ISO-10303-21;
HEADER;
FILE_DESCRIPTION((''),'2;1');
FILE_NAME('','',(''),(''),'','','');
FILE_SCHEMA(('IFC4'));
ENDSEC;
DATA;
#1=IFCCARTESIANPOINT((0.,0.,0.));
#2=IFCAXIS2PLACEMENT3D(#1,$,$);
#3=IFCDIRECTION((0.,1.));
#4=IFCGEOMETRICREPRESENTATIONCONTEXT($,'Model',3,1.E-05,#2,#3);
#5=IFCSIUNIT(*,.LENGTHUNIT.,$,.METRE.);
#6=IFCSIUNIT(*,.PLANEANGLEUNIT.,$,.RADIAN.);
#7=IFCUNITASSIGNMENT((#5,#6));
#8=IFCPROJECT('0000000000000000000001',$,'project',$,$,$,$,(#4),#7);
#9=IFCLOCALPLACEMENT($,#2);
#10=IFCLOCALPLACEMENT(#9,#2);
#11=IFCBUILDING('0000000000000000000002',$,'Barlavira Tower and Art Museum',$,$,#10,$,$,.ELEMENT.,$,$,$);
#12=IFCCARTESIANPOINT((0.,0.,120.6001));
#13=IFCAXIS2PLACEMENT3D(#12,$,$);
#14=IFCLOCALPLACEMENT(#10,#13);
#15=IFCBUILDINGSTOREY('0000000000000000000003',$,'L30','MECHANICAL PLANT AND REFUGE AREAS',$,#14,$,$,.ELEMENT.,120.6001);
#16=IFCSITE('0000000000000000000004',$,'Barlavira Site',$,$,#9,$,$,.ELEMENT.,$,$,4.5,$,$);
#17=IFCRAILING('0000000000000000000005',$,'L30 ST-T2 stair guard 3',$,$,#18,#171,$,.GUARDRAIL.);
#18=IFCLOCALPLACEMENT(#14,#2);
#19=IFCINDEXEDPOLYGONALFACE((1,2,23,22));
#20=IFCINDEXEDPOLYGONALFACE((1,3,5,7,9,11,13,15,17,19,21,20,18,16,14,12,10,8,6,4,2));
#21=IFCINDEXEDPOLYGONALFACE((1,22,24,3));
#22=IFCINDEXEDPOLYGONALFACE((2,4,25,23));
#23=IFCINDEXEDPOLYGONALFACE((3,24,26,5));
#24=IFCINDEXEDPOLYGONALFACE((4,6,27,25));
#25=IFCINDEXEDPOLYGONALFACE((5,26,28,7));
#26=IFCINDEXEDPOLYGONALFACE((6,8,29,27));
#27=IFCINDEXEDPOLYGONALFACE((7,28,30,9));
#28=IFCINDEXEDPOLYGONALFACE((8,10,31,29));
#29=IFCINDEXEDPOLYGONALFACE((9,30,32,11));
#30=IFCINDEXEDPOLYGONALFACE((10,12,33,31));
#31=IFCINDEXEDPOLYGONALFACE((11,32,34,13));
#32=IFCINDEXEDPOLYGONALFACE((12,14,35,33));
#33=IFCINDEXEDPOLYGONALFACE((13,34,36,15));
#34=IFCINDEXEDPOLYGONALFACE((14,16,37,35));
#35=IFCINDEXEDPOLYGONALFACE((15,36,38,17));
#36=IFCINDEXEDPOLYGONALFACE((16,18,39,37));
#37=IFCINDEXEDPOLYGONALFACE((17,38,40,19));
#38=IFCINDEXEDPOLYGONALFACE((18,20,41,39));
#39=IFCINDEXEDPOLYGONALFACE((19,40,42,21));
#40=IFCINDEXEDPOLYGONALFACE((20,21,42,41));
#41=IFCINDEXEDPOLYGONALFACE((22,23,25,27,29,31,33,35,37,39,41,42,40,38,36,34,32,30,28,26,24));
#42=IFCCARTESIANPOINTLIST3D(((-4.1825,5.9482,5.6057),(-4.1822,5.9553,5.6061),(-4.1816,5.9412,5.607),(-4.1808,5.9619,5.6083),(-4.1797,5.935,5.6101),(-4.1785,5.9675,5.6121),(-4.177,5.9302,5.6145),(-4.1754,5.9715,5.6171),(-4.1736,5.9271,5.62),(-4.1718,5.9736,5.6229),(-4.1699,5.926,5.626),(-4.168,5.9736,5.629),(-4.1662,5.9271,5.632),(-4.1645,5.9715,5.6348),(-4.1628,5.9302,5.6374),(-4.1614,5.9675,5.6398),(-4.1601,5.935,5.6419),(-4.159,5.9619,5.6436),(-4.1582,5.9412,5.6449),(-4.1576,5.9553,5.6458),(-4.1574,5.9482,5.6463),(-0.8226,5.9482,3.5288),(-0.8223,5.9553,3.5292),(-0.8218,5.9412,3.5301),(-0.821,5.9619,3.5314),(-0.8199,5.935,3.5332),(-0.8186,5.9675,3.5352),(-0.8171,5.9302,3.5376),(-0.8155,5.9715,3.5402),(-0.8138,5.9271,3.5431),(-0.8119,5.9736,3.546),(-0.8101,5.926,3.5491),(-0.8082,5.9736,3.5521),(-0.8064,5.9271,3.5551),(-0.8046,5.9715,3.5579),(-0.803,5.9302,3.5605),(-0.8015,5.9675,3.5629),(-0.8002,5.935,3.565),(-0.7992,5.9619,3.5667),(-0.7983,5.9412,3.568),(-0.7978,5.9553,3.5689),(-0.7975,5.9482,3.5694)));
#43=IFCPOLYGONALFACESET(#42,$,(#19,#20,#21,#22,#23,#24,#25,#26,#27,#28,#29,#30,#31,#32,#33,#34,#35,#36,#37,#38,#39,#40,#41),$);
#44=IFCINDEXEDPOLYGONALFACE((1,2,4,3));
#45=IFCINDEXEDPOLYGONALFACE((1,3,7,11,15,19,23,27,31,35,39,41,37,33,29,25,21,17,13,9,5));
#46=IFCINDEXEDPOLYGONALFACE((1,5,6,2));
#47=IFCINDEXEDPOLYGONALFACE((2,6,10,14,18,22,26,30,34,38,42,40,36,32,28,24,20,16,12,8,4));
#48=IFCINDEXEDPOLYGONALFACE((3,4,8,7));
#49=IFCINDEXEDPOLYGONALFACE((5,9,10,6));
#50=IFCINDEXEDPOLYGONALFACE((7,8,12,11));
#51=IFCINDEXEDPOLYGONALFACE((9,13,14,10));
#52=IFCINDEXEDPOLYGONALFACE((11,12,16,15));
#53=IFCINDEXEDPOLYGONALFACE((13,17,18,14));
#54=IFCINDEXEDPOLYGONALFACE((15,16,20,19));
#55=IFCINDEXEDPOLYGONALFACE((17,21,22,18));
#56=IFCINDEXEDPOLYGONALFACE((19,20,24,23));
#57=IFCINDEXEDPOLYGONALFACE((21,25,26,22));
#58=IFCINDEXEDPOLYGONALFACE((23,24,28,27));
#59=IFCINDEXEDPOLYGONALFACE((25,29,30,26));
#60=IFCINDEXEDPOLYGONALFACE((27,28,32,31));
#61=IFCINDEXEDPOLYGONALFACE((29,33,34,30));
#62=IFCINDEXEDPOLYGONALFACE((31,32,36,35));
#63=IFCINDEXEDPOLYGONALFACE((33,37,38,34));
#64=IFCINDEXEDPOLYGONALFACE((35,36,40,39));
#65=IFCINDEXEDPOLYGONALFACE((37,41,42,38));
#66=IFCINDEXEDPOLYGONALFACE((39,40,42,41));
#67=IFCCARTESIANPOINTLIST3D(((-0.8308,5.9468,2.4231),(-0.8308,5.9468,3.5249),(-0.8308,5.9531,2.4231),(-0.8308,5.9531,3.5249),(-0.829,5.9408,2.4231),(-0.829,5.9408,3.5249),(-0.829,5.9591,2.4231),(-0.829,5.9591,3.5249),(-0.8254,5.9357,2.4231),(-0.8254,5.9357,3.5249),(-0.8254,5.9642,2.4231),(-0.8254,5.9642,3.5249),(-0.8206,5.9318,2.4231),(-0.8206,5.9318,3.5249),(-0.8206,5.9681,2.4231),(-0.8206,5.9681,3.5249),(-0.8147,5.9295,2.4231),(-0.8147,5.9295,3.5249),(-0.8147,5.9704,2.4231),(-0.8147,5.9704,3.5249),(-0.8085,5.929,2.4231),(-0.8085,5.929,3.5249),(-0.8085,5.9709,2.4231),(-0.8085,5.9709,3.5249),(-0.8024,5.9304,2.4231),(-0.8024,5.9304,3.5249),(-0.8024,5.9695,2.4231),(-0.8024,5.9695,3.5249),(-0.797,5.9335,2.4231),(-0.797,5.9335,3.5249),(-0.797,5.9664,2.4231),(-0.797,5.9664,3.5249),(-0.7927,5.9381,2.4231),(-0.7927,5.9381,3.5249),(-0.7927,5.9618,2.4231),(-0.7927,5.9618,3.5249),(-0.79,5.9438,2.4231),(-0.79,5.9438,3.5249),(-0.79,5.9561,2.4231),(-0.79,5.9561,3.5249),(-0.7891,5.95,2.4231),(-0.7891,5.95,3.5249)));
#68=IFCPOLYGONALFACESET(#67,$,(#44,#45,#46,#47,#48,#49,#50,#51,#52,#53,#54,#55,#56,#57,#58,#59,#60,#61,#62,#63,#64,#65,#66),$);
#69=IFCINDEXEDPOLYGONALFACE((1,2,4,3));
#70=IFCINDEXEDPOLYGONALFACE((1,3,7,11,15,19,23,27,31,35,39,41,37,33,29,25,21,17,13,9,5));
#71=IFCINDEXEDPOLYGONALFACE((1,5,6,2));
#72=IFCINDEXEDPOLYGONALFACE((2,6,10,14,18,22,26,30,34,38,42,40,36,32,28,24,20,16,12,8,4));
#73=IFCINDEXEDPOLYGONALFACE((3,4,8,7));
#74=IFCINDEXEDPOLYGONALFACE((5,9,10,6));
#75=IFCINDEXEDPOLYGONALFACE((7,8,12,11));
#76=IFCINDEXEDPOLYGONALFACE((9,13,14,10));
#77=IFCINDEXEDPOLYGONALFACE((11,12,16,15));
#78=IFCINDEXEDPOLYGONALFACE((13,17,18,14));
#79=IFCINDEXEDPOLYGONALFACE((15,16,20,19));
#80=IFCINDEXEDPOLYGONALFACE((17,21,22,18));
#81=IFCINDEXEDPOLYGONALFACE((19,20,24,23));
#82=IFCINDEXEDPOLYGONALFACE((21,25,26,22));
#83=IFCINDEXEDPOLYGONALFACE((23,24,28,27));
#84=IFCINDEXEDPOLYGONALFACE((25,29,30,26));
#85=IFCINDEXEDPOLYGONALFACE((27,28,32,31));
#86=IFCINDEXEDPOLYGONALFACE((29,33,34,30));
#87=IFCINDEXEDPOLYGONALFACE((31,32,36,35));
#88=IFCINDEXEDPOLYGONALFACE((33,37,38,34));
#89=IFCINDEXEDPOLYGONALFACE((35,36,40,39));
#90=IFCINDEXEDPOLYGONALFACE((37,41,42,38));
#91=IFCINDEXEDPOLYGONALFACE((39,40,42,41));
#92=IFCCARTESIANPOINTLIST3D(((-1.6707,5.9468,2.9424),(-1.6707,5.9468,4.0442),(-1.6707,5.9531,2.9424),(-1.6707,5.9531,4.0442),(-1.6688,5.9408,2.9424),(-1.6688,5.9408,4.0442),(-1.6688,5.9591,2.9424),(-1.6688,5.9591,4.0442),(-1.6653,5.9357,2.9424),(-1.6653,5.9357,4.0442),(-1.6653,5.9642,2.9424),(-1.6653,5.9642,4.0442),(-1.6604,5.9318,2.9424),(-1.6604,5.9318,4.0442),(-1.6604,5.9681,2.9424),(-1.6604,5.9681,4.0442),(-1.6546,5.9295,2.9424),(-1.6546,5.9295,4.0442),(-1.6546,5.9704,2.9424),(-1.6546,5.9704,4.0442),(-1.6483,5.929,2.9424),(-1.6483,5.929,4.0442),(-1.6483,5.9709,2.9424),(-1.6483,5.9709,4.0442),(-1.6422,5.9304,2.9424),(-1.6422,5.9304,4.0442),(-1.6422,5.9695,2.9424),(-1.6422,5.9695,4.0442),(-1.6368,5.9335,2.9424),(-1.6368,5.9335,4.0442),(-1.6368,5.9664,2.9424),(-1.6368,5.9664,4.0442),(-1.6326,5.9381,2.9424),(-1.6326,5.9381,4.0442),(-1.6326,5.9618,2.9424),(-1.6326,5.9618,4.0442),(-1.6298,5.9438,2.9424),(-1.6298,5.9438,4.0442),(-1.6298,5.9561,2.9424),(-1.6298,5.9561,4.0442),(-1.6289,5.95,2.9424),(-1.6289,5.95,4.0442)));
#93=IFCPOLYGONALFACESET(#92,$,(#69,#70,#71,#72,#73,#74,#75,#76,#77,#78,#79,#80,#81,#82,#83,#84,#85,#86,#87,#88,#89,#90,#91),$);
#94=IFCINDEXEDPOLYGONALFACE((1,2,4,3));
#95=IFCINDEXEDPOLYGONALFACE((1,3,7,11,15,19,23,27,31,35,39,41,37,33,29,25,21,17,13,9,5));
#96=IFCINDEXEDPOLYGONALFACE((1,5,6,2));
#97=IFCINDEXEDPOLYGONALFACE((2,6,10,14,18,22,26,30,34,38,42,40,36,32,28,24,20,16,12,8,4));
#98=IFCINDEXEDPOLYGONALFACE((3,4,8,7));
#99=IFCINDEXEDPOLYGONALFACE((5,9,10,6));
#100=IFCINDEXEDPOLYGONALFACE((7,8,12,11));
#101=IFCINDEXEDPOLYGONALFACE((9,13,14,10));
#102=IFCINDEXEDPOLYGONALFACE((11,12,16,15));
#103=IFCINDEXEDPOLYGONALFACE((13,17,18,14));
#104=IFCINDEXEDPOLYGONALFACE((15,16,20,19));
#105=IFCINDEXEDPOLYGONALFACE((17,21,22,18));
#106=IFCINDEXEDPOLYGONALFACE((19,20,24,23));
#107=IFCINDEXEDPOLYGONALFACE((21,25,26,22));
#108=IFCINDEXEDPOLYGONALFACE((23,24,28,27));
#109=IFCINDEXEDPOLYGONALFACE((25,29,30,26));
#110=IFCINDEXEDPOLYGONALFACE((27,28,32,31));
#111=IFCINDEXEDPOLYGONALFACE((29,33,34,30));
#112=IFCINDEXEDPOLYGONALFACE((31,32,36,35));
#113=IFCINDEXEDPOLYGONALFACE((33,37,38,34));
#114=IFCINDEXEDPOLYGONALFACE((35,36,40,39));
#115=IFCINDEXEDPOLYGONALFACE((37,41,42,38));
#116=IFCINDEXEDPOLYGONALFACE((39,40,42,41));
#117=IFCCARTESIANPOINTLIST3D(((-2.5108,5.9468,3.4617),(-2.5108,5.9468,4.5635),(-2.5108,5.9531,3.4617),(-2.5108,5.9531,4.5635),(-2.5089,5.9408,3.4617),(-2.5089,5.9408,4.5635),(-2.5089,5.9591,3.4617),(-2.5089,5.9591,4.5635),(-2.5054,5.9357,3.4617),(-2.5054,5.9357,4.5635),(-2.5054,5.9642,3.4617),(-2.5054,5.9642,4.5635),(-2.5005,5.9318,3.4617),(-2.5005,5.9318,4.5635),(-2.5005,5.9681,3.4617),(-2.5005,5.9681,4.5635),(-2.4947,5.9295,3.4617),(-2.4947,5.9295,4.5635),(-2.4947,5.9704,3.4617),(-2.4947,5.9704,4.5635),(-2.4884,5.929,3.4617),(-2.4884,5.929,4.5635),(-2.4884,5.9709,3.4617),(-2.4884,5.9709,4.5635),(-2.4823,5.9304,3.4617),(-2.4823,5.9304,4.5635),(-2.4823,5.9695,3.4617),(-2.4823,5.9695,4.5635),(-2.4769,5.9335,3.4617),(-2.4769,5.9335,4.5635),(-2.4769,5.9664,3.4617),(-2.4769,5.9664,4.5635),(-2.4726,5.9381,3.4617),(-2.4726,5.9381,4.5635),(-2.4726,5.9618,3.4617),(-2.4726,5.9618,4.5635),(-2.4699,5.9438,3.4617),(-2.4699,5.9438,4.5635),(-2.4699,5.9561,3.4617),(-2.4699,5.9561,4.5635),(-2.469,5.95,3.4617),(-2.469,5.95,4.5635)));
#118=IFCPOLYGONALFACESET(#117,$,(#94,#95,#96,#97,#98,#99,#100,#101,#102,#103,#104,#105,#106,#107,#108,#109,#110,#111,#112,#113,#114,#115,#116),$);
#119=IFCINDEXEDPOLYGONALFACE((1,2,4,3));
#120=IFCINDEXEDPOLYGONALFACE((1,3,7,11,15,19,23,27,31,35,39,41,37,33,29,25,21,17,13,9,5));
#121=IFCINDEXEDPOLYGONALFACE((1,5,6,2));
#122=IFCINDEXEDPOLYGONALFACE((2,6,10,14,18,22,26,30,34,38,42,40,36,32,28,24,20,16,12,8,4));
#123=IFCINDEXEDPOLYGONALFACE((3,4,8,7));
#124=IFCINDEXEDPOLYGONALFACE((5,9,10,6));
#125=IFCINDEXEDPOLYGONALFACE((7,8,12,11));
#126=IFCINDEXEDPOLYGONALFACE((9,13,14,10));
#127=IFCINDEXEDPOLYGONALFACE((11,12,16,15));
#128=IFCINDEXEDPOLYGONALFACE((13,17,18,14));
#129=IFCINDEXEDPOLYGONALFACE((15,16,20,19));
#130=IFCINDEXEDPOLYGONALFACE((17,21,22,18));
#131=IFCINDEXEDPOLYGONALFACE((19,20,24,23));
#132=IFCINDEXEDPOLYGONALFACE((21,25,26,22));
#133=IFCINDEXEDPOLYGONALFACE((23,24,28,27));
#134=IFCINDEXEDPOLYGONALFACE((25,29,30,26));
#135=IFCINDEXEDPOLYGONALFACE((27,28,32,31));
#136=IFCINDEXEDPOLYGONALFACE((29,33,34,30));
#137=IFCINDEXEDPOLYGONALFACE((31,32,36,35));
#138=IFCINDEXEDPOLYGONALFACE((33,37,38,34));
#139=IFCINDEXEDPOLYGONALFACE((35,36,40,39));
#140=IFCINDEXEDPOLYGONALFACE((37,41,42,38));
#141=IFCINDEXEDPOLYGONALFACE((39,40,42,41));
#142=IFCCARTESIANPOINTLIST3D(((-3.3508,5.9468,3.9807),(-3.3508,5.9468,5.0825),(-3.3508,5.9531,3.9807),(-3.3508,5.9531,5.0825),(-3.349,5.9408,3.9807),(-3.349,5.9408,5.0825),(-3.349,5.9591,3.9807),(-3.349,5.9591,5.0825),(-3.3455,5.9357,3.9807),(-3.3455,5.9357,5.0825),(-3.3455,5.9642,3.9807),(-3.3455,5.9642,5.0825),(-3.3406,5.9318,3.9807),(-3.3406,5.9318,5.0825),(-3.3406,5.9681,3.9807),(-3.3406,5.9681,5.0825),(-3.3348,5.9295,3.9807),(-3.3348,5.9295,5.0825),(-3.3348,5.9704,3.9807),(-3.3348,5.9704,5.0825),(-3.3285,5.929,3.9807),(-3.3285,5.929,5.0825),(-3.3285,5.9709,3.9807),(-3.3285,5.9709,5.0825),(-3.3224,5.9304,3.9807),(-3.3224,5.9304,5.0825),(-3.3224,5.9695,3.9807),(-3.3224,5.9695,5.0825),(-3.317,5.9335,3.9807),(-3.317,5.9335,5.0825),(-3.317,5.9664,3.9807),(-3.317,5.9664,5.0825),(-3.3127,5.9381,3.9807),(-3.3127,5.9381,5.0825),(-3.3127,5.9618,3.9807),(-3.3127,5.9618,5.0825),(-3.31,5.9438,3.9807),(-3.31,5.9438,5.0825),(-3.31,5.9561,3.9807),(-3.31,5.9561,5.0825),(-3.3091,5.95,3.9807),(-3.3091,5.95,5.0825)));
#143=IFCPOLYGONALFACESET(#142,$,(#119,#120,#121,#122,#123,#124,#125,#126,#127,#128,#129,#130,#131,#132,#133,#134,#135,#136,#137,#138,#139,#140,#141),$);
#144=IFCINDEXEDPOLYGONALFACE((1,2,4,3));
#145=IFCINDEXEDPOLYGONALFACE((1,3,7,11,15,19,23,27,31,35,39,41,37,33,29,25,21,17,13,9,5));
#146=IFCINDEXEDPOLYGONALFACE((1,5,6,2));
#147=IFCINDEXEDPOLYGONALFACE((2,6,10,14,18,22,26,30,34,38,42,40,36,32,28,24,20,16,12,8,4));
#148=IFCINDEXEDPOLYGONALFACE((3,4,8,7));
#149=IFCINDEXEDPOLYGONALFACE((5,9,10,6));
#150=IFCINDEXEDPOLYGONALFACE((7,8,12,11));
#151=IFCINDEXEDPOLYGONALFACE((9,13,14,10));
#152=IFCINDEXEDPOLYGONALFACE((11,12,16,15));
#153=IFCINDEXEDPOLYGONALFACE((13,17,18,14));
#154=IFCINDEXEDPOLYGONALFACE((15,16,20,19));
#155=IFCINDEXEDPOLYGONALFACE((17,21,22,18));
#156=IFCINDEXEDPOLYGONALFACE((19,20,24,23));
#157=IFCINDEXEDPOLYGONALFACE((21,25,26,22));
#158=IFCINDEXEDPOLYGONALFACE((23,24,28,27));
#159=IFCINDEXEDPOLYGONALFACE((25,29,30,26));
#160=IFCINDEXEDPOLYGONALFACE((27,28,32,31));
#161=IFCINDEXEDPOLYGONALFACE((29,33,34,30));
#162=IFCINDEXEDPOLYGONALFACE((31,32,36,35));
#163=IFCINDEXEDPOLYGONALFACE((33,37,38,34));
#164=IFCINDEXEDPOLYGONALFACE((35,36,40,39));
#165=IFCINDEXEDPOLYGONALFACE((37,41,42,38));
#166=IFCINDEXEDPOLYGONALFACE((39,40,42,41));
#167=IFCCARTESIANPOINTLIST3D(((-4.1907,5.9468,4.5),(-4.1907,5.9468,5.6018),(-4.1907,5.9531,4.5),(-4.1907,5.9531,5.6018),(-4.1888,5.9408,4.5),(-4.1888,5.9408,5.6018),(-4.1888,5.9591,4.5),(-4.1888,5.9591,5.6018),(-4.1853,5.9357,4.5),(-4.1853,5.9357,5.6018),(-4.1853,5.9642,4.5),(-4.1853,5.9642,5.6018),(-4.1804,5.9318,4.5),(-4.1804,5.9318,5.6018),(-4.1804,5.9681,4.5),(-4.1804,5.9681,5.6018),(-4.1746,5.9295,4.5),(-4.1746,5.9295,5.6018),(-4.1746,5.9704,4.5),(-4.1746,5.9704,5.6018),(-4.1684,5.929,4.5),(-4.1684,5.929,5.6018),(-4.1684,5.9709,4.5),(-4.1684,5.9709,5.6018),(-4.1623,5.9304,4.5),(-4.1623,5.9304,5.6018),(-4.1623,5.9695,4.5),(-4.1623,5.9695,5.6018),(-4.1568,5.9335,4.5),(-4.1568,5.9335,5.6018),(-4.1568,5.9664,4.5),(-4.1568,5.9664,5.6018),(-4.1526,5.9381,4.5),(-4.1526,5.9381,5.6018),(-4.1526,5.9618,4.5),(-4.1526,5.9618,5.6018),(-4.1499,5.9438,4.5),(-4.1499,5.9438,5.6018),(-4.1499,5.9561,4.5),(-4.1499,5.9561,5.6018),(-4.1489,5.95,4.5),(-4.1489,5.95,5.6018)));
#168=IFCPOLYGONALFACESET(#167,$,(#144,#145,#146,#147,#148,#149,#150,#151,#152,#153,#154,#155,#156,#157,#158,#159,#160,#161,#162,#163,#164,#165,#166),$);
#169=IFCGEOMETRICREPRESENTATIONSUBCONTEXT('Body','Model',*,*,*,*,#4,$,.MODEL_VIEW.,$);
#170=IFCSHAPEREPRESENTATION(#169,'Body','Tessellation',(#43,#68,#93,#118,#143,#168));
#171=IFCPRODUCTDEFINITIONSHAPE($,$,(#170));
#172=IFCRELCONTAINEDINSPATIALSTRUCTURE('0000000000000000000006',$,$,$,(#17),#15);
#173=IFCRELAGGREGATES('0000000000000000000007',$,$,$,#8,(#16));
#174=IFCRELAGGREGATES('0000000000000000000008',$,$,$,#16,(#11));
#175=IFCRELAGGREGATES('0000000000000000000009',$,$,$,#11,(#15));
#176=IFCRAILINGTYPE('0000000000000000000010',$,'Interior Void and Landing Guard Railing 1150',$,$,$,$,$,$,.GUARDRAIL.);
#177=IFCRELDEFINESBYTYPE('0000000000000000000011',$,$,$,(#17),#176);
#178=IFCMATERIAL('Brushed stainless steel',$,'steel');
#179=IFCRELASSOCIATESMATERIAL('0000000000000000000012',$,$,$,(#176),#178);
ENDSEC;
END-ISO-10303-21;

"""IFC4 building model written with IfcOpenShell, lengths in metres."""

from ifc_helpers import new_model, si_unit, direction, frame, origin, origin_2d, place, context, subcontext, project, spatial, circle, extrude, material, type_object, element, save


model = new_model("IFC4")

# Units and contexts
model_context = context("Model", 3, precision=1e-05, world=origin(), true_north=direction((0.0, 1.0)))
body_context = subcontext(model_context, "Body", "Model", "MODEL_VIEW")
ifc_project = project(units=[si_unit("LENGTHUNIT", "METRE"), si_unit("PLANEANGLEUNIT", "RADIAN")], contexts=[model_context])

# Site, building, storey
site_placement = place(None, origin())
site = spatial("IfcSite", under=ifc_project, at=site_placement, Name="Barlavira Site", CompositionType="ELEMENT", RefElevation=4.5)
building_placement = place(site_placement, origin())
building = spatial("IfcBuilding", under=site, at=building_placement, Name="Barlavira Tower and Art Museum", CompositionType="ELEMENT")
storey_placement = place(building_placement, frame((0.0, 0.0, 120.6001)))
storey = spatial("IfcBuildingStorey", under=building, at=storey_placement, Name="L30", Description="MECHANICAL PLANT AND REFUGE AREAS", CompositionType="ELEMENT", Elevation=120.6001)

# Shared definitions
ifc_material_1 = material(Name="Brushed stainless steel", Category="steel")

# Railing
railing_type_1 = type_object("IfcRailingType", Name="Interior Void and Landing Guard Railing 1150", PredefinedType="GUARDRAIL", material=ifc_material_1)
railing_1_placement = place(storey_placement, frame((-0.8101, 5.95, 2.4231)))
element("IfcRailing", 1, at=railing_1_placement, inside=storey, type_object=railing_type_1, Name="L30 ST-T2 stair guard 3", PredefinedType="GUARDRAIL", context=body_context, shape_type="SweptSolid", body=[
    extrude(circle(Radius=0.0239, at=origin_2d()), frame((0.0, 0.0, 1.126), z_axis=(-0.850606, 0.0, 0.525803), x_axis=(0.0, -1.0, 0.0)), (0.0, 0.0, 1.0), 3.95),
    extrude(circle(Radius=0.021, at=origin_2d()), origin(), (0.0, 0.0, 1.0), 1.1018),
    extrude(circle(Radius=0.021, at=origin_2d()), frame((-0.8398, 0.0, 0.5193)), (0.0, 0.0, 1.0), 1.1018),
    extrude(circle(Radius=0.021, at=origin_2d()), frame((-1.6799, 0.0, 1.0386)), (0.0, 0.0, 1.0), 1.1018),
    extrude(circle(Radius=0.021, at=origin_2d()), frame((-2.52, 0.0, 1.5576)), (0.0, 0.0, 1.0), 1.1018),
    extrude(circle(Radius=0.021, at=origin_2d()), frame((-3.3599, 0.0, 2.0769)), (0.0, 0.0, 1.0), 1.1018),
])

save(model, "model.ifc")
